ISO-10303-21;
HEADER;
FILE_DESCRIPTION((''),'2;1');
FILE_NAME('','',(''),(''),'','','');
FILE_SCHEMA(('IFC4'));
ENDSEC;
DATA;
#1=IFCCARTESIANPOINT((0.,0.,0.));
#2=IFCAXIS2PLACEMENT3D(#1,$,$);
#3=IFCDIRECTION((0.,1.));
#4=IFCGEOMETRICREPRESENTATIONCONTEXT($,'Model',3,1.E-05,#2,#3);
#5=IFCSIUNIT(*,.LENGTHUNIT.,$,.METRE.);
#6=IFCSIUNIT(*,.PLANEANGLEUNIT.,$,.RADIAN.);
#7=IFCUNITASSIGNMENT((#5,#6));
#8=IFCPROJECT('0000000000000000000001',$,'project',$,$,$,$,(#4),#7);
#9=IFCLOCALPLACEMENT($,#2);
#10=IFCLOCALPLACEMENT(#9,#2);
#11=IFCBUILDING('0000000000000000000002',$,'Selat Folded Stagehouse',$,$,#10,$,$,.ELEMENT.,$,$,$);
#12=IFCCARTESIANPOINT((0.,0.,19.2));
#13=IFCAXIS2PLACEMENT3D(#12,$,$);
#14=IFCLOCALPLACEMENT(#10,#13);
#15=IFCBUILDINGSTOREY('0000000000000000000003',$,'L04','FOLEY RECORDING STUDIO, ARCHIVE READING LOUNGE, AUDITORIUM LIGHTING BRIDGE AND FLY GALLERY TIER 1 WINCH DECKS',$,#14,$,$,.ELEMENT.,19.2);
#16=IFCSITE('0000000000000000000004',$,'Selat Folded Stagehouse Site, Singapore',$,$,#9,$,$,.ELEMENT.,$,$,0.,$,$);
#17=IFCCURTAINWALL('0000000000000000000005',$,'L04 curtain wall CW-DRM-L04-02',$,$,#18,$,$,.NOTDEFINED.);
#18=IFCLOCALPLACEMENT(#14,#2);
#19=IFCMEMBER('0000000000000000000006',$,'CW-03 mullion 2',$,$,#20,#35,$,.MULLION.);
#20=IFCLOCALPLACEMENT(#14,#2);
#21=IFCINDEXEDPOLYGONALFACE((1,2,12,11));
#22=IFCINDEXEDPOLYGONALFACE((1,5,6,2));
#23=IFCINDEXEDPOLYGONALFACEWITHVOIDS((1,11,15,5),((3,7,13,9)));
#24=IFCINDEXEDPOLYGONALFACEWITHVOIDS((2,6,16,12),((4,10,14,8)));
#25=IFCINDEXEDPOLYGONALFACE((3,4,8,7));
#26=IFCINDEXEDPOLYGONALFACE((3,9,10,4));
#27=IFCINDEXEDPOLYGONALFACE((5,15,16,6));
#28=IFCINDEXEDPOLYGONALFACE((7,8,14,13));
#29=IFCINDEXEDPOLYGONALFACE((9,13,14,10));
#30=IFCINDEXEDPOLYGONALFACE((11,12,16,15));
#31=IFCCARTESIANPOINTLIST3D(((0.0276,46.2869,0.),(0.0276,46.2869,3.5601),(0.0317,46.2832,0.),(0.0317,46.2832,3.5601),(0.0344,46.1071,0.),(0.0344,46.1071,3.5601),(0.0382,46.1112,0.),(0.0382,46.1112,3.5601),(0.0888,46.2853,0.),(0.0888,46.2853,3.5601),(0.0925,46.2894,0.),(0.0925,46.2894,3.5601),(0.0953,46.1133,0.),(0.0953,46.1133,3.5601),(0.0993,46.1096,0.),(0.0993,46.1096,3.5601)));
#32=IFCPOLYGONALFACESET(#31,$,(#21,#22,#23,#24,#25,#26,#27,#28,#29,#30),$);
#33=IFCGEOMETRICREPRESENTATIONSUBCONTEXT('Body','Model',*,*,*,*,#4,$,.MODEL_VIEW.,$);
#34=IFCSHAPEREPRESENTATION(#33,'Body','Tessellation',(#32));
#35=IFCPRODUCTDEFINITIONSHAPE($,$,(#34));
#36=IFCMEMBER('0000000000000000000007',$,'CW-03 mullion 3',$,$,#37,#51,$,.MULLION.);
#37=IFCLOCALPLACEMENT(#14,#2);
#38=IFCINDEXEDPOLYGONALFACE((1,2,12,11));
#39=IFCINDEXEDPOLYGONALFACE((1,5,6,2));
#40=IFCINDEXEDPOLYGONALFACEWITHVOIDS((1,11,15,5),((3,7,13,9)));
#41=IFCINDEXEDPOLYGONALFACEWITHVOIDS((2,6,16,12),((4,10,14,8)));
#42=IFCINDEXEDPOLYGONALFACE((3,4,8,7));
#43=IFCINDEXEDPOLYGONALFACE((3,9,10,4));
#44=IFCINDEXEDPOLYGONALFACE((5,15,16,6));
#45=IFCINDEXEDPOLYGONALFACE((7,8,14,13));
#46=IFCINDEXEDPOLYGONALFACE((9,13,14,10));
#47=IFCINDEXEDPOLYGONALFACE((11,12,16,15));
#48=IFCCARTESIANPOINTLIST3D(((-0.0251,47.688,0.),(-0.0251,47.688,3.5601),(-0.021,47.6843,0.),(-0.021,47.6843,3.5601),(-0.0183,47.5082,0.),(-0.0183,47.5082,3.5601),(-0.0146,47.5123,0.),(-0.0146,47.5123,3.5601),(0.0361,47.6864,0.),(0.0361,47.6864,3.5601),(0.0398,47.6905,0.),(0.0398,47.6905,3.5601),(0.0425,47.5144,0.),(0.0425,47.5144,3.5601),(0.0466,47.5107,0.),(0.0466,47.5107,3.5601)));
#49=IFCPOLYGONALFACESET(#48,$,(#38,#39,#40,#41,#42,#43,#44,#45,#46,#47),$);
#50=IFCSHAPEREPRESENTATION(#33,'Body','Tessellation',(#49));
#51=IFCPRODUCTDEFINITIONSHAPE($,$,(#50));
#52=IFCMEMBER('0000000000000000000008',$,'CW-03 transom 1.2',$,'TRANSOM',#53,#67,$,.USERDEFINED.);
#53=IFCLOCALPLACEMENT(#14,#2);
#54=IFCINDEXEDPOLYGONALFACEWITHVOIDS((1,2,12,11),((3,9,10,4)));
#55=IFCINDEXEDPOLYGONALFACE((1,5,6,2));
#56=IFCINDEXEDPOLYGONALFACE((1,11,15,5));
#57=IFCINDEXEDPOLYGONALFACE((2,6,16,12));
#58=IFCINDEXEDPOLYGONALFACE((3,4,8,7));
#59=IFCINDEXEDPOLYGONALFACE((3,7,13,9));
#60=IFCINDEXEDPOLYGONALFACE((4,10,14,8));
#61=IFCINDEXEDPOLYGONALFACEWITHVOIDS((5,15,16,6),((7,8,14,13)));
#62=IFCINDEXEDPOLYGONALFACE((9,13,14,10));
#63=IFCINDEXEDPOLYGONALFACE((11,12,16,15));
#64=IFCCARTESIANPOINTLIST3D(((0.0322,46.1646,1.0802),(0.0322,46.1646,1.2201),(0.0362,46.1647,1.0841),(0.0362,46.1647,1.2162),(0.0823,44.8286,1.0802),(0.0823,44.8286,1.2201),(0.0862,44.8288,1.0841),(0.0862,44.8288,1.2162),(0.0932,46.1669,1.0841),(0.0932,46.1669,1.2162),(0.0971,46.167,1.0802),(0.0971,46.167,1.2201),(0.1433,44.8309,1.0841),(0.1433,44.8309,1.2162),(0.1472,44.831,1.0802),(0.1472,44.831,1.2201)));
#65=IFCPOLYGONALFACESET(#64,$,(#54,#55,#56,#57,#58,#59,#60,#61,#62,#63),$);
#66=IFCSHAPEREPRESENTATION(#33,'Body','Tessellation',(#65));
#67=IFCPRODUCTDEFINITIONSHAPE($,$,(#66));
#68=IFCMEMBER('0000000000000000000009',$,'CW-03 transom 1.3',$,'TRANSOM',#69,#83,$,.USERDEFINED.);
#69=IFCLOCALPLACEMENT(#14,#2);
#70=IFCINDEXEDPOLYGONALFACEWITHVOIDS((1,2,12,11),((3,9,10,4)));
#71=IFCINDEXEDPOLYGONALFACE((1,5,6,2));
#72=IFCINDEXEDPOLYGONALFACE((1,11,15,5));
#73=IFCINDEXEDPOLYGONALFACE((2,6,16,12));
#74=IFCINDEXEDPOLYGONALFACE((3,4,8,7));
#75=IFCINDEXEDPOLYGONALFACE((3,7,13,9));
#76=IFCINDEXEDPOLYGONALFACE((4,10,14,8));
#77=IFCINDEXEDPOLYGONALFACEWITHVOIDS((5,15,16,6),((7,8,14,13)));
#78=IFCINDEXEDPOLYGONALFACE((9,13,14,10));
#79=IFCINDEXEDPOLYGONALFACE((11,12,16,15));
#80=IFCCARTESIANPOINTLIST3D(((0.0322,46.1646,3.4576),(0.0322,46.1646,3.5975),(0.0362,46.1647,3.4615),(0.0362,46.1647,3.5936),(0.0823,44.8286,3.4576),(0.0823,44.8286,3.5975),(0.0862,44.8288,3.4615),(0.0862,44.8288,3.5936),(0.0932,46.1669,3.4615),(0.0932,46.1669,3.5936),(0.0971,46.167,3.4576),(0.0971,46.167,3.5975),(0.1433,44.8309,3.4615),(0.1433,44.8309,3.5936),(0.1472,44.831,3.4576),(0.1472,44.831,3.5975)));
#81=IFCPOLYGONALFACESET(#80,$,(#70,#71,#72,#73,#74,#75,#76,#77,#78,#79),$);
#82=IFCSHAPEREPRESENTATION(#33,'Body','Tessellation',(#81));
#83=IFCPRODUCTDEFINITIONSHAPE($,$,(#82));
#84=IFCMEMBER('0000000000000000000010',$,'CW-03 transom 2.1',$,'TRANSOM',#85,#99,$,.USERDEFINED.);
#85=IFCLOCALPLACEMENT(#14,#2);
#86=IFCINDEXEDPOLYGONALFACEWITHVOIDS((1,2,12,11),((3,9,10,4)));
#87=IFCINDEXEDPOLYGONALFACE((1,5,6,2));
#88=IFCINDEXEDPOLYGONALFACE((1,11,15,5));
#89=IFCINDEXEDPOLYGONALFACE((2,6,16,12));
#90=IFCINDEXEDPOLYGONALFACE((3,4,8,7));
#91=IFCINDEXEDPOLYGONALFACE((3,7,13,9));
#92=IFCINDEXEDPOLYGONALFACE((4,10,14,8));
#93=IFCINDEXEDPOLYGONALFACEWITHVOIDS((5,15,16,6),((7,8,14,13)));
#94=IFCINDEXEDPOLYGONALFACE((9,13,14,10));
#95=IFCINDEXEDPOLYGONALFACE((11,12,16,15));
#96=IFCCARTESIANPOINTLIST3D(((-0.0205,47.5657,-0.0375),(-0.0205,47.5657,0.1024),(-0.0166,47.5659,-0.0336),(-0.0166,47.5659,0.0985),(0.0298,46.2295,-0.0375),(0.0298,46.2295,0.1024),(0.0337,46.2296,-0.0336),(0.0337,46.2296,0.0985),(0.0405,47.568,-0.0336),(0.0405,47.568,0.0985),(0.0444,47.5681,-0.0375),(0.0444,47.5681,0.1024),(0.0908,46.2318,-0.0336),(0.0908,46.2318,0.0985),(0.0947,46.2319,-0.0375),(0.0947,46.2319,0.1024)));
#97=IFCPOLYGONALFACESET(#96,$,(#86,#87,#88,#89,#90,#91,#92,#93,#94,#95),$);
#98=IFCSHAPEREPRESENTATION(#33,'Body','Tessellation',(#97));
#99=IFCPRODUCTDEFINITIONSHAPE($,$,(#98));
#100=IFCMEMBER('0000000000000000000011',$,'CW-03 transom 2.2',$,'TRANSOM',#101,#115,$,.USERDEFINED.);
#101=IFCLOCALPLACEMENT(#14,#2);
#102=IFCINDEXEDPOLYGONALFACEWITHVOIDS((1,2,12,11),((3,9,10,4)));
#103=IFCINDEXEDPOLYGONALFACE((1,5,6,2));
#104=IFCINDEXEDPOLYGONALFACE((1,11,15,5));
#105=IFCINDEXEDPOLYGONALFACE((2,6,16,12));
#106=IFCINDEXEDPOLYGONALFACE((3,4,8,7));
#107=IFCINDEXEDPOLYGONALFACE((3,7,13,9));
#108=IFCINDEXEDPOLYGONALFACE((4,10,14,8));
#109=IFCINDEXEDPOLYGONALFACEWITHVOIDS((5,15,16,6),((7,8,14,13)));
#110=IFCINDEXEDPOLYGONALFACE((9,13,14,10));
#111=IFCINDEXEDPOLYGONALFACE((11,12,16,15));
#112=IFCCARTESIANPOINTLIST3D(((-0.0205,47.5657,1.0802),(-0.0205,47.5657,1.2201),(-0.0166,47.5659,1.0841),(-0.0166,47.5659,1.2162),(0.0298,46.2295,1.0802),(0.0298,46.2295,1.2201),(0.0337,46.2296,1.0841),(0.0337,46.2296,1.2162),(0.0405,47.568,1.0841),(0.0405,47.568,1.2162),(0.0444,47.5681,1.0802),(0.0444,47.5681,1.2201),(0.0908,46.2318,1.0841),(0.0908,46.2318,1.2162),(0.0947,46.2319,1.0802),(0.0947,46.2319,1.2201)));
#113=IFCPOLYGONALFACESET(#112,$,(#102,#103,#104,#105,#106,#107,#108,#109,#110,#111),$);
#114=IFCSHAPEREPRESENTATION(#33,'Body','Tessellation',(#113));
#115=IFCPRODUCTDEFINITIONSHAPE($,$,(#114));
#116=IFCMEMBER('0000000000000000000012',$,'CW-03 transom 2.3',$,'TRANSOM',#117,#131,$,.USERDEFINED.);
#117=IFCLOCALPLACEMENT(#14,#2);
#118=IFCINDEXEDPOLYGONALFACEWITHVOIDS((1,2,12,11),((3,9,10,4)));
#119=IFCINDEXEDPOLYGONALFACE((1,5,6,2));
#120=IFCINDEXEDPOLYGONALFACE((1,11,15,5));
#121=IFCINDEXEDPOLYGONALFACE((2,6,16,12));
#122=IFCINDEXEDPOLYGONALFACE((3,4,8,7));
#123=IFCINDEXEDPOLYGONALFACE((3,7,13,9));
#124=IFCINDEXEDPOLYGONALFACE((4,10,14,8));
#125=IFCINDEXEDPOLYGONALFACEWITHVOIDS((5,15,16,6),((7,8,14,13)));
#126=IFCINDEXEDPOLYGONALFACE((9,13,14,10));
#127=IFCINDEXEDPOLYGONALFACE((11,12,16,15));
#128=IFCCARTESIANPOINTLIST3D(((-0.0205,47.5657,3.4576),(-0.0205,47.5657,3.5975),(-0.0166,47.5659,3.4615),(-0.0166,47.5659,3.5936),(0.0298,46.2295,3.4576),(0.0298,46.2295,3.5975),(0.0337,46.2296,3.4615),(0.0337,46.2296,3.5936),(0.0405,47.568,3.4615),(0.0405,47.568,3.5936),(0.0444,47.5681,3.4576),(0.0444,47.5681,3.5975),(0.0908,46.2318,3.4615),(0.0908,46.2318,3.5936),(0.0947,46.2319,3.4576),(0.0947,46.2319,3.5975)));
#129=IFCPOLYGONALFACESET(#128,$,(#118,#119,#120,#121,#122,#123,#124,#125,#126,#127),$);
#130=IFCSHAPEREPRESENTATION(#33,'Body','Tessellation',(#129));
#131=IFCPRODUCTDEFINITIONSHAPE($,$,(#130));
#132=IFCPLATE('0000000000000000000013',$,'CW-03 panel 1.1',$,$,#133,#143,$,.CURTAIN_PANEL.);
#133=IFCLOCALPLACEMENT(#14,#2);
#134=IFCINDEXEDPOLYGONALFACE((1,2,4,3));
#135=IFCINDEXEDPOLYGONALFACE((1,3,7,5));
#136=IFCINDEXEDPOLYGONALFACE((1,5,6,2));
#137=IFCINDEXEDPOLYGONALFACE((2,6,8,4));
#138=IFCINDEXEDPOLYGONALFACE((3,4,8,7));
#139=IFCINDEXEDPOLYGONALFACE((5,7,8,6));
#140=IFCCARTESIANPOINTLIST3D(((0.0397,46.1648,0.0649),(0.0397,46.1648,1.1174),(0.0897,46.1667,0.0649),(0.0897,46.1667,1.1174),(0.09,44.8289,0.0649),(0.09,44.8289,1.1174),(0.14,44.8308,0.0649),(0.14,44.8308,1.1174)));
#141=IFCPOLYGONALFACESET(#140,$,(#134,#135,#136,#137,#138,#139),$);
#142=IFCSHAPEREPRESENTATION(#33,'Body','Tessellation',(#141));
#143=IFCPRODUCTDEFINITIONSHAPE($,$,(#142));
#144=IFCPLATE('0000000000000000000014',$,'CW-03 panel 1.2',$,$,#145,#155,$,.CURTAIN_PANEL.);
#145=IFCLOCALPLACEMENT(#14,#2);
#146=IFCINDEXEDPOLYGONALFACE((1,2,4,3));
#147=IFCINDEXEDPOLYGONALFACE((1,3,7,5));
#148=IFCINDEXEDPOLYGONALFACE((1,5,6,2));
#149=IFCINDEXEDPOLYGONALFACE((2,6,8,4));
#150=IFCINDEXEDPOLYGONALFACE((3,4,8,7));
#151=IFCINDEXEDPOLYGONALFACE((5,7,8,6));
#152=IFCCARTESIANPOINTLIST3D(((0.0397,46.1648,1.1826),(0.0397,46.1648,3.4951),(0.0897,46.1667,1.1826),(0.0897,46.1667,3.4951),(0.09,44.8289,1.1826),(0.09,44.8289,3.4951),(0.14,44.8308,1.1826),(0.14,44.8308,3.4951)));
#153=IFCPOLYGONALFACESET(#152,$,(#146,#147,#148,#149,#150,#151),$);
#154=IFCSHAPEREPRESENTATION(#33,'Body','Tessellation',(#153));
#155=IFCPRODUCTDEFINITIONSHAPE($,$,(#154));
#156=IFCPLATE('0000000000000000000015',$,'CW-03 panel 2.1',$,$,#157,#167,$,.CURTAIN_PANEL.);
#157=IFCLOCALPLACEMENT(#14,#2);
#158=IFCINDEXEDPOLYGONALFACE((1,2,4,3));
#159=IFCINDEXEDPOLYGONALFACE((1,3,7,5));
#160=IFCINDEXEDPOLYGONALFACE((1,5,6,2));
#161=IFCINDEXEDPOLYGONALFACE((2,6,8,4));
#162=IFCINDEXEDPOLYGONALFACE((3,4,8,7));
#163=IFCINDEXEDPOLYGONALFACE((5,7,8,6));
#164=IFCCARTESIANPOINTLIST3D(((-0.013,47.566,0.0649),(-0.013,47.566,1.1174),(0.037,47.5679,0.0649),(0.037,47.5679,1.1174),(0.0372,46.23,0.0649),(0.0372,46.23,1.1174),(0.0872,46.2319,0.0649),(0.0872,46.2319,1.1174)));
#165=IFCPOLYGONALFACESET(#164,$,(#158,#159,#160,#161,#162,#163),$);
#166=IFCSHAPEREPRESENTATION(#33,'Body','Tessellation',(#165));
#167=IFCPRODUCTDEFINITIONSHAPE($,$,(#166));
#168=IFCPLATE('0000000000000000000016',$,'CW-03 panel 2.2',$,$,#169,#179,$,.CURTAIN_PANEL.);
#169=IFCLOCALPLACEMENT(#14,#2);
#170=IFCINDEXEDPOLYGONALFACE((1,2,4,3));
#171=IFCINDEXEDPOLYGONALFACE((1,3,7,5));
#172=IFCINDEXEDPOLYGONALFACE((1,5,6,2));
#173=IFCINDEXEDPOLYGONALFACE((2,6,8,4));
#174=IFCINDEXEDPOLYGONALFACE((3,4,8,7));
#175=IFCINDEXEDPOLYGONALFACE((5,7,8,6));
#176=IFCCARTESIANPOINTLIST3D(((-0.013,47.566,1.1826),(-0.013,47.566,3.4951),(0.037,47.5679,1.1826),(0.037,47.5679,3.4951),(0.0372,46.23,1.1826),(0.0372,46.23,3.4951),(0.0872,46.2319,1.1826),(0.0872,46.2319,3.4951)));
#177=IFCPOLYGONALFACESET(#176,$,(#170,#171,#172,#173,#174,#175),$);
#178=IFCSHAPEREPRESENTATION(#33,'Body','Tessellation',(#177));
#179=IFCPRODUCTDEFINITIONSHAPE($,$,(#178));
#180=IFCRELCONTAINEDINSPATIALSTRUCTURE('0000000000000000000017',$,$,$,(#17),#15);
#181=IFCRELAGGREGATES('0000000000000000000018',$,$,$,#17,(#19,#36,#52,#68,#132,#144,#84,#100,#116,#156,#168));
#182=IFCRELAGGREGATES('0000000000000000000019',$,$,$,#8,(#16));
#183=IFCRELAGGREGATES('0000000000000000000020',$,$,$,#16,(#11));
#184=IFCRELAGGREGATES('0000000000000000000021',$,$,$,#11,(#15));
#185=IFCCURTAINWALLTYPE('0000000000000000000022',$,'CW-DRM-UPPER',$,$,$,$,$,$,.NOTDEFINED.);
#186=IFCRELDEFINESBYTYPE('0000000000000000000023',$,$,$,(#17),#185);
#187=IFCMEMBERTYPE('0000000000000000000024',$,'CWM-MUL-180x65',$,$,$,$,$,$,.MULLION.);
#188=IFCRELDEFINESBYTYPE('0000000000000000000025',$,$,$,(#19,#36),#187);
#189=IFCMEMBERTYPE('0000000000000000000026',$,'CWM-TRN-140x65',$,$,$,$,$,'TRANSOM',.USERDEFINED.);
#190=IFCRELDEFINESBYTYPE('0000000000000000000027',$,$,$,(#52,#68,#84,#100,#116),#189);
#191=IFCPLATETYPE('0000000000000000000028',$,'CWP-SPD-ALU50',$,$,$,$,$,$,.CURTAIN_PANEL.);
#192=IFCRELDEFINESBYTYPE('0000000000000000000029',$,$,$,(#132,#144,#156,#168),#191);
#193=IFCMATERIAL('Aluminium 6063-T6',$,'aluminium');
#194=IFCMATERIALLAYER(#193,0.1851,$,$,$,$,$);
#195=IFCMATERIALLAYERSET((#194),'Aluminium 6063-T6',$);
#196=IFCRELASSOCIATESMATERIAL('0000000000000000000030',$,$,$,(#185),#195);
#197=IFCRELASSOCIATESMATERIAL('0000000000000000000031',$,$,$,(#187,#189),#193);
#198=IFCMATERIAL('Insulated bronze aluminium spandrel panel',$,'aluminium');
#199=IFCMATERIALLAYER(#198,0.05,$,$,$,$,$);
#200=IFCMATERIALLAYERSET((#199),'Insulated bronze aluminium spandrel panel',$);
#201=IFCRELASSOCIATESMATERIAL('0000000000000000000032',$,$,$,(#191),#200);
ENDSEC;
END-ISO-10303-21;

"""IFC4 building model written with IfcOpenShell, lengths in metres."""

from ifc_helpers import new_model, si_unit, direction, frame, origin, origin_2d, place, context, subcontext, project, spatial, rectangle, hollow_rectangle, extrude, material, layer, layer_set, material_profile, profile_set, type_object, element, aggregate, save


model = new_model("IFC4")

# Units and contexts
model_context = context("Model", 3, precision=1e-05, world=origin(), true_north=direction((0.0, 1.0)))
body_context = subcontext(model_context, "Body", "Model", "MODEL_VIEW")
ifc_project = project(units=[si_unit("LENGTHUNIT", "METRE"), si_unit("PLANEANGLEUNIT", "RADIAN")], contexts=[model_context])

# Site, building, storey
site_placement = place(None, origin())
site = spatial("IfcSite", under=ifc_project, at=site_placement, Name="Selat Folded Stagehouse Site, Singapore", CompositionType="ELEMENT", RefElevation=0.0)
building_placement = place(site_placement, origin())
building = spatial("IfcBuilding", under=site, at=building_placement, Name="Selat Folded Stagehouse", CompositionType="ELEMENT")
storey_placement = place(building_placement, frame((0.0, 0.0, 19.2)))
storey = spatial("IfcBuildingStorey", under=building, at=storey_placement, Name="L04", Description="FOLEY RECORDING STUDIO, ARCHIVE READING LOUNGE, AUDITORIUM LIGHTING BRIDGE AND FLY GALLERY TIER 1 WINCH DECKS", CompositionType="ELEMENT", Elevation=19.2)

# Curtain wall, members, plates
ifc_material_1 = material(Name="Aluminium 6063-T6", Category="aluminium")
ifc_layer_1 = layer(ifc_material_1, 0.1851)
ifc_layer_set_1 = layer_set([ifc_layer_1], Name="Aluminium 6063-T6")
curtain_wall_type = type_object("IfcCurtainWallType", Name="CW-DRM-UPPER", PredefinedType="NOTDEFINED", material=ifc_layer_set_1)
curtain_wall_placement = place(storey_placement, origin())
curtain_wall = element("IfcCurtainWall", 1, at=curtain_wall_placement, inside=storey, type_object=curtain_wall_type, Name="L04 curtain wall CW-DRM-L04-02", PredefinedType="NOTDEFINED")
ifc_material_profile_1 = material_profile(ifc_material_1, hollow_rectangle(XDim=0.0649, YDim=0.1799, WallThickness=0.0039, at=origin_2d()), Name="ALU 180x65x4.0")
ifc_profile_set_1 = profile_set([ifc_material_profile_1], Name="Aluminium 6063-T6")
member_type_1 = type_object("IfcMemberType", Name="CWM-MUL-180x65", PredefinedType="MULLION", material=ifc_profile_set_1)
member_1_placement = place(storey_placement, frame((0.0635, 46.1982, 0.0), z_axis=(0.0, 0.0, 1.0), x_axis=(-0.999294, -0.037574, 0.0)))
member_1 = element("IfcMember", 2, at=member_1_placement, type_object=member_type_1, Name="CW-03 mullion 2", PredefinedType="MULLION", context=body_context, shape_type="SweptSolid", body=[
    extrude(hollow_rectangle(XDim=0.0649, YDim=0.1799, WallThickness=0.0039, at=origin_2d()), origin(), (0.0, 0.0, 1.0), 3.5601),
])
member_2_placement = place(storey_placement, frame((0.0107, 47.5994, 0.0), z_axis=(0.0, 0.0, 1.0), x_axis=(-0.999294, -0.037574, 0.0)))
member_2 = element("IfcMember", 3, at=member_2_placement, type_object=member_type_1, Name="CW-03 mullion 3", PredefinedType="MULLION", context=body_context, shape_type="SweptSolid", body=[
    extrude(hollow_rectangle(XDim=0.0649, YDim=0.1799, WallThickness=0.0039, at=origin_2d()), origin(), (0.0, 0.0, 1.0), 3.5601),
])
ifc_material_profile_2 = material_profile(ifc_material_1, hollow_rectangle(XDim=0.0649, YDim=0.1399, WallThickness=0.0039, at=origin_2d()), Name="ALU 140x65x4.0")
ifc_profile_set_2 = profile_set([ifc_material_profile_2], Name="Aluminium 6063-T6")
member_type_2 = type_object("IfcMemberType", Name="CWM-TRN-140x65", ElementType="TRANSOM", PredefinedType="USERDEFINED", material=ifc_profile_set_2)
member_3_placement = place(storey_placement, frame((0.1147, 44.8298, 1.1501), z_axis=(-0.037437, 0.999299, 0.0), x_axis=(-0.999299, -0.037437, 0.0)))
member_3 = element("IfcMember", 4, at=member_3_placement, type_object=member_type_2, Name="CW-03 transom 1.2", ObjectType="TRANSOM", PredefinedType="USERDEFINED", context=body_context, shape_type="SweptSolid", body=[
    extrude(hollow_rectangle(XDim=0.0649, YDim=0.1399, WallThickness=0.0039, at=origin_2d()), origin(), (0.0, 0.0, 1.0), 1.3369),
])
member_4_placement = place(storey_placement, frame((0.1147, 44.8298, 3.5276), z_axis=(-0.037437, 0.999299, 0.0), x_axis=(-0.999299, -0.037437, 0.0)))
member_4 = element("IfcMember", 5, at=member_4_placement, type_object=member_type_2, Name="CW-03 transom 1.3", ObjectType="TRANSOM", PredefinedType="USERDEFINED", context=body_context, shape_type="SweptSolid", body=[
    extrude(hollow_rectangle(XDim=0.0649, YDim=0.1399, WallThickness=0.0039, at=origin_2d()), origin(), (0.0, 0.0, 1.0), 1.3369),
])
member_5_placement = place(storey_placement, frame((0.0623, 46.2307, 0.0325), z_axis=(-0.037613, 0.999292, 0.0), x_axis=(-0.999292, -0.037613, 0.0)))
member_5 = element("IfcMember", 6, at=member_5_placement, type_object=member_type_2, Name="CW-03 transom 2.1", ObjectType="TRANSOM", PredefinedType="USERDEFINED", context=body_context, shape_type="SweptSolid", body=[
    extrude(hollow_rectangle(XDim=0.0649, YDim=0.1399, WallThickness=0.0039, at=origin_2d()), origin(), (0.0, 0.0, 1.0), 1.3372),
])
member_6_placement = place(storey_placement, frame((0.0623, 46.2307, 1.1501), z_axis=(-0.037613, 0.999292, 0.0), x_axis=(-0.999292, -0.037613, 0.0)))
member_6 = element("IfcMember", 7, at=member_6_placement, type_object=member_type_2, Name="CW-03 transom 2.2", ObjectType="TRANSOM", PredefinedType="USERDEFINED", context=body_context, shape_type="SweptSolid", body=[
    extrude(hollow_rectangle(XDim=0.0649, YDim=0.1399, WallThickness=0.0039, at=origin_2d()), origin(), (0.0, 0.0, 1.0), 1.3372),
])
member_7_placement = place(storey_placement, frame((0.0623, 46.2307, 3.5276), z_axis=(-0.037613, 0.999292, 0.0), x_axis=(-0.999292, -0.037613, 0.0)))
member_7 = element("IfcMember", 8, at=member_7_placement, type_object=member_type_2, Name="CW-03 transom 2.3", ObjectType="TRANSOM", PredefinedType="USERDEFINED", context=body_context, shape_type="SweptSolid", body=[
    extrude(hollow_rectangle(XDim=0.0649, YDim=0.1399, WallThickness=0.0039, at=origin_2d()), origin(), (0.0, 0.0, 1.0), 1.3372),
])
ifc_material_2 = material(Name="Insulated bronze aluminium spandrel panel", Category="aluminium")
ifc_layer_2 = layer(ifc_material_2, 0.05)
ifc_layer_set_2 = layer_set([ifc_layer_2], Name="Insulated bronze aluminium spandrel panel")
plate_type = type_object("IfcPlateType", Name="CWP-SPD-ALU50", PredefinedType="CURTAIN_PANEL", material=ifc_layer_set_2)
plate_1_placement = place(storey_placement, frame((0.0898, 45.4978, 0.0649), z_axis=(0.0, 0.0, 1.0), x_axis=(-0.037574, 0.999294, 0.0)))
plate_1 = element("IfcPlate", 9, at=plate_1_placement, type_object=plate_type, Name="CW-03 panel 1.1", PredefinedType="CURTAIN_PANEL", context=body_context, shape_type="SweptSolid", body=[
    extrude(rectangle(XDim=1.3369, YDim=0.05, at=origin_2d()), origin(), (0.0, 0.0, 1.0), 1.0525),
])
plate_2_placement = place(storey_placement, frame((0.0898, 45.4978, 1.1826), z_axis=(0.0, 0.0, 1.0), x_axis=(-0.037574, 0.999294, 0.0)))
plate_2 = element("IfcPlate", 10, at=plate_2_placement, type_object=plate_type, Name="CW-03 panel 1.2", PredefinedType="CURTAIN_PANEL", context=body_context, shape_type="SweptSolid", body=[
    extrude(rectangle(XDim=1.3369, YDim=0.05, at=origin_2d()), origin(), (0.0, 0.0, 1.0), 2.3125),
])
plate_3_placement = place(storey_placement, frame((0.0371, 46.8989, 0.0649), z_axis=(0.0, 0.0, 1.0), x_axis=(-0.037574, 0.999294, 0.0)))
plate_3 = element("IfcPlate", 11, at=plate_3_placement, type_object=plate_type, Name="CW-03 panel 2.1", PredefinedType="CURTAIN_PANEL", context=body_context, shape_type="SweptSolid", body=[
    extrude(rectangle(XDim=1.3369, YDim=0.05, at=origin_2d()), origin(), (0.0, 0.0, 1.0), 1.0525),
])
plate_4_placement = place(storey_placement, frame((0.0371, 46.8989, 1.1826), z_axis=(0.0, 0.0, 1.0), x_axis=(-0.037574, 0.999294, 0.0)))
plate_4 = element("IfcPlate", 12, at=plate_4_placement, type_object=plate_type, Name="CW-03 panel 2.2", PredefinedType="CURTAIN_PANEL", context=body_context, shape_type="SweptSolid", body=[
    extrude(rectangle(XDim=1.3369, YDim=0.05, at=origin_2d()), origin(), (0.0, 0.0, 1.0), 2.3125),
])
aggregate(curtain_wall, [member_1, member_2, member_3, member_4, plate_1, plate_2, member_5, member_6, member_7, plate_3, plate_4])

save(model, "model.ifc")
